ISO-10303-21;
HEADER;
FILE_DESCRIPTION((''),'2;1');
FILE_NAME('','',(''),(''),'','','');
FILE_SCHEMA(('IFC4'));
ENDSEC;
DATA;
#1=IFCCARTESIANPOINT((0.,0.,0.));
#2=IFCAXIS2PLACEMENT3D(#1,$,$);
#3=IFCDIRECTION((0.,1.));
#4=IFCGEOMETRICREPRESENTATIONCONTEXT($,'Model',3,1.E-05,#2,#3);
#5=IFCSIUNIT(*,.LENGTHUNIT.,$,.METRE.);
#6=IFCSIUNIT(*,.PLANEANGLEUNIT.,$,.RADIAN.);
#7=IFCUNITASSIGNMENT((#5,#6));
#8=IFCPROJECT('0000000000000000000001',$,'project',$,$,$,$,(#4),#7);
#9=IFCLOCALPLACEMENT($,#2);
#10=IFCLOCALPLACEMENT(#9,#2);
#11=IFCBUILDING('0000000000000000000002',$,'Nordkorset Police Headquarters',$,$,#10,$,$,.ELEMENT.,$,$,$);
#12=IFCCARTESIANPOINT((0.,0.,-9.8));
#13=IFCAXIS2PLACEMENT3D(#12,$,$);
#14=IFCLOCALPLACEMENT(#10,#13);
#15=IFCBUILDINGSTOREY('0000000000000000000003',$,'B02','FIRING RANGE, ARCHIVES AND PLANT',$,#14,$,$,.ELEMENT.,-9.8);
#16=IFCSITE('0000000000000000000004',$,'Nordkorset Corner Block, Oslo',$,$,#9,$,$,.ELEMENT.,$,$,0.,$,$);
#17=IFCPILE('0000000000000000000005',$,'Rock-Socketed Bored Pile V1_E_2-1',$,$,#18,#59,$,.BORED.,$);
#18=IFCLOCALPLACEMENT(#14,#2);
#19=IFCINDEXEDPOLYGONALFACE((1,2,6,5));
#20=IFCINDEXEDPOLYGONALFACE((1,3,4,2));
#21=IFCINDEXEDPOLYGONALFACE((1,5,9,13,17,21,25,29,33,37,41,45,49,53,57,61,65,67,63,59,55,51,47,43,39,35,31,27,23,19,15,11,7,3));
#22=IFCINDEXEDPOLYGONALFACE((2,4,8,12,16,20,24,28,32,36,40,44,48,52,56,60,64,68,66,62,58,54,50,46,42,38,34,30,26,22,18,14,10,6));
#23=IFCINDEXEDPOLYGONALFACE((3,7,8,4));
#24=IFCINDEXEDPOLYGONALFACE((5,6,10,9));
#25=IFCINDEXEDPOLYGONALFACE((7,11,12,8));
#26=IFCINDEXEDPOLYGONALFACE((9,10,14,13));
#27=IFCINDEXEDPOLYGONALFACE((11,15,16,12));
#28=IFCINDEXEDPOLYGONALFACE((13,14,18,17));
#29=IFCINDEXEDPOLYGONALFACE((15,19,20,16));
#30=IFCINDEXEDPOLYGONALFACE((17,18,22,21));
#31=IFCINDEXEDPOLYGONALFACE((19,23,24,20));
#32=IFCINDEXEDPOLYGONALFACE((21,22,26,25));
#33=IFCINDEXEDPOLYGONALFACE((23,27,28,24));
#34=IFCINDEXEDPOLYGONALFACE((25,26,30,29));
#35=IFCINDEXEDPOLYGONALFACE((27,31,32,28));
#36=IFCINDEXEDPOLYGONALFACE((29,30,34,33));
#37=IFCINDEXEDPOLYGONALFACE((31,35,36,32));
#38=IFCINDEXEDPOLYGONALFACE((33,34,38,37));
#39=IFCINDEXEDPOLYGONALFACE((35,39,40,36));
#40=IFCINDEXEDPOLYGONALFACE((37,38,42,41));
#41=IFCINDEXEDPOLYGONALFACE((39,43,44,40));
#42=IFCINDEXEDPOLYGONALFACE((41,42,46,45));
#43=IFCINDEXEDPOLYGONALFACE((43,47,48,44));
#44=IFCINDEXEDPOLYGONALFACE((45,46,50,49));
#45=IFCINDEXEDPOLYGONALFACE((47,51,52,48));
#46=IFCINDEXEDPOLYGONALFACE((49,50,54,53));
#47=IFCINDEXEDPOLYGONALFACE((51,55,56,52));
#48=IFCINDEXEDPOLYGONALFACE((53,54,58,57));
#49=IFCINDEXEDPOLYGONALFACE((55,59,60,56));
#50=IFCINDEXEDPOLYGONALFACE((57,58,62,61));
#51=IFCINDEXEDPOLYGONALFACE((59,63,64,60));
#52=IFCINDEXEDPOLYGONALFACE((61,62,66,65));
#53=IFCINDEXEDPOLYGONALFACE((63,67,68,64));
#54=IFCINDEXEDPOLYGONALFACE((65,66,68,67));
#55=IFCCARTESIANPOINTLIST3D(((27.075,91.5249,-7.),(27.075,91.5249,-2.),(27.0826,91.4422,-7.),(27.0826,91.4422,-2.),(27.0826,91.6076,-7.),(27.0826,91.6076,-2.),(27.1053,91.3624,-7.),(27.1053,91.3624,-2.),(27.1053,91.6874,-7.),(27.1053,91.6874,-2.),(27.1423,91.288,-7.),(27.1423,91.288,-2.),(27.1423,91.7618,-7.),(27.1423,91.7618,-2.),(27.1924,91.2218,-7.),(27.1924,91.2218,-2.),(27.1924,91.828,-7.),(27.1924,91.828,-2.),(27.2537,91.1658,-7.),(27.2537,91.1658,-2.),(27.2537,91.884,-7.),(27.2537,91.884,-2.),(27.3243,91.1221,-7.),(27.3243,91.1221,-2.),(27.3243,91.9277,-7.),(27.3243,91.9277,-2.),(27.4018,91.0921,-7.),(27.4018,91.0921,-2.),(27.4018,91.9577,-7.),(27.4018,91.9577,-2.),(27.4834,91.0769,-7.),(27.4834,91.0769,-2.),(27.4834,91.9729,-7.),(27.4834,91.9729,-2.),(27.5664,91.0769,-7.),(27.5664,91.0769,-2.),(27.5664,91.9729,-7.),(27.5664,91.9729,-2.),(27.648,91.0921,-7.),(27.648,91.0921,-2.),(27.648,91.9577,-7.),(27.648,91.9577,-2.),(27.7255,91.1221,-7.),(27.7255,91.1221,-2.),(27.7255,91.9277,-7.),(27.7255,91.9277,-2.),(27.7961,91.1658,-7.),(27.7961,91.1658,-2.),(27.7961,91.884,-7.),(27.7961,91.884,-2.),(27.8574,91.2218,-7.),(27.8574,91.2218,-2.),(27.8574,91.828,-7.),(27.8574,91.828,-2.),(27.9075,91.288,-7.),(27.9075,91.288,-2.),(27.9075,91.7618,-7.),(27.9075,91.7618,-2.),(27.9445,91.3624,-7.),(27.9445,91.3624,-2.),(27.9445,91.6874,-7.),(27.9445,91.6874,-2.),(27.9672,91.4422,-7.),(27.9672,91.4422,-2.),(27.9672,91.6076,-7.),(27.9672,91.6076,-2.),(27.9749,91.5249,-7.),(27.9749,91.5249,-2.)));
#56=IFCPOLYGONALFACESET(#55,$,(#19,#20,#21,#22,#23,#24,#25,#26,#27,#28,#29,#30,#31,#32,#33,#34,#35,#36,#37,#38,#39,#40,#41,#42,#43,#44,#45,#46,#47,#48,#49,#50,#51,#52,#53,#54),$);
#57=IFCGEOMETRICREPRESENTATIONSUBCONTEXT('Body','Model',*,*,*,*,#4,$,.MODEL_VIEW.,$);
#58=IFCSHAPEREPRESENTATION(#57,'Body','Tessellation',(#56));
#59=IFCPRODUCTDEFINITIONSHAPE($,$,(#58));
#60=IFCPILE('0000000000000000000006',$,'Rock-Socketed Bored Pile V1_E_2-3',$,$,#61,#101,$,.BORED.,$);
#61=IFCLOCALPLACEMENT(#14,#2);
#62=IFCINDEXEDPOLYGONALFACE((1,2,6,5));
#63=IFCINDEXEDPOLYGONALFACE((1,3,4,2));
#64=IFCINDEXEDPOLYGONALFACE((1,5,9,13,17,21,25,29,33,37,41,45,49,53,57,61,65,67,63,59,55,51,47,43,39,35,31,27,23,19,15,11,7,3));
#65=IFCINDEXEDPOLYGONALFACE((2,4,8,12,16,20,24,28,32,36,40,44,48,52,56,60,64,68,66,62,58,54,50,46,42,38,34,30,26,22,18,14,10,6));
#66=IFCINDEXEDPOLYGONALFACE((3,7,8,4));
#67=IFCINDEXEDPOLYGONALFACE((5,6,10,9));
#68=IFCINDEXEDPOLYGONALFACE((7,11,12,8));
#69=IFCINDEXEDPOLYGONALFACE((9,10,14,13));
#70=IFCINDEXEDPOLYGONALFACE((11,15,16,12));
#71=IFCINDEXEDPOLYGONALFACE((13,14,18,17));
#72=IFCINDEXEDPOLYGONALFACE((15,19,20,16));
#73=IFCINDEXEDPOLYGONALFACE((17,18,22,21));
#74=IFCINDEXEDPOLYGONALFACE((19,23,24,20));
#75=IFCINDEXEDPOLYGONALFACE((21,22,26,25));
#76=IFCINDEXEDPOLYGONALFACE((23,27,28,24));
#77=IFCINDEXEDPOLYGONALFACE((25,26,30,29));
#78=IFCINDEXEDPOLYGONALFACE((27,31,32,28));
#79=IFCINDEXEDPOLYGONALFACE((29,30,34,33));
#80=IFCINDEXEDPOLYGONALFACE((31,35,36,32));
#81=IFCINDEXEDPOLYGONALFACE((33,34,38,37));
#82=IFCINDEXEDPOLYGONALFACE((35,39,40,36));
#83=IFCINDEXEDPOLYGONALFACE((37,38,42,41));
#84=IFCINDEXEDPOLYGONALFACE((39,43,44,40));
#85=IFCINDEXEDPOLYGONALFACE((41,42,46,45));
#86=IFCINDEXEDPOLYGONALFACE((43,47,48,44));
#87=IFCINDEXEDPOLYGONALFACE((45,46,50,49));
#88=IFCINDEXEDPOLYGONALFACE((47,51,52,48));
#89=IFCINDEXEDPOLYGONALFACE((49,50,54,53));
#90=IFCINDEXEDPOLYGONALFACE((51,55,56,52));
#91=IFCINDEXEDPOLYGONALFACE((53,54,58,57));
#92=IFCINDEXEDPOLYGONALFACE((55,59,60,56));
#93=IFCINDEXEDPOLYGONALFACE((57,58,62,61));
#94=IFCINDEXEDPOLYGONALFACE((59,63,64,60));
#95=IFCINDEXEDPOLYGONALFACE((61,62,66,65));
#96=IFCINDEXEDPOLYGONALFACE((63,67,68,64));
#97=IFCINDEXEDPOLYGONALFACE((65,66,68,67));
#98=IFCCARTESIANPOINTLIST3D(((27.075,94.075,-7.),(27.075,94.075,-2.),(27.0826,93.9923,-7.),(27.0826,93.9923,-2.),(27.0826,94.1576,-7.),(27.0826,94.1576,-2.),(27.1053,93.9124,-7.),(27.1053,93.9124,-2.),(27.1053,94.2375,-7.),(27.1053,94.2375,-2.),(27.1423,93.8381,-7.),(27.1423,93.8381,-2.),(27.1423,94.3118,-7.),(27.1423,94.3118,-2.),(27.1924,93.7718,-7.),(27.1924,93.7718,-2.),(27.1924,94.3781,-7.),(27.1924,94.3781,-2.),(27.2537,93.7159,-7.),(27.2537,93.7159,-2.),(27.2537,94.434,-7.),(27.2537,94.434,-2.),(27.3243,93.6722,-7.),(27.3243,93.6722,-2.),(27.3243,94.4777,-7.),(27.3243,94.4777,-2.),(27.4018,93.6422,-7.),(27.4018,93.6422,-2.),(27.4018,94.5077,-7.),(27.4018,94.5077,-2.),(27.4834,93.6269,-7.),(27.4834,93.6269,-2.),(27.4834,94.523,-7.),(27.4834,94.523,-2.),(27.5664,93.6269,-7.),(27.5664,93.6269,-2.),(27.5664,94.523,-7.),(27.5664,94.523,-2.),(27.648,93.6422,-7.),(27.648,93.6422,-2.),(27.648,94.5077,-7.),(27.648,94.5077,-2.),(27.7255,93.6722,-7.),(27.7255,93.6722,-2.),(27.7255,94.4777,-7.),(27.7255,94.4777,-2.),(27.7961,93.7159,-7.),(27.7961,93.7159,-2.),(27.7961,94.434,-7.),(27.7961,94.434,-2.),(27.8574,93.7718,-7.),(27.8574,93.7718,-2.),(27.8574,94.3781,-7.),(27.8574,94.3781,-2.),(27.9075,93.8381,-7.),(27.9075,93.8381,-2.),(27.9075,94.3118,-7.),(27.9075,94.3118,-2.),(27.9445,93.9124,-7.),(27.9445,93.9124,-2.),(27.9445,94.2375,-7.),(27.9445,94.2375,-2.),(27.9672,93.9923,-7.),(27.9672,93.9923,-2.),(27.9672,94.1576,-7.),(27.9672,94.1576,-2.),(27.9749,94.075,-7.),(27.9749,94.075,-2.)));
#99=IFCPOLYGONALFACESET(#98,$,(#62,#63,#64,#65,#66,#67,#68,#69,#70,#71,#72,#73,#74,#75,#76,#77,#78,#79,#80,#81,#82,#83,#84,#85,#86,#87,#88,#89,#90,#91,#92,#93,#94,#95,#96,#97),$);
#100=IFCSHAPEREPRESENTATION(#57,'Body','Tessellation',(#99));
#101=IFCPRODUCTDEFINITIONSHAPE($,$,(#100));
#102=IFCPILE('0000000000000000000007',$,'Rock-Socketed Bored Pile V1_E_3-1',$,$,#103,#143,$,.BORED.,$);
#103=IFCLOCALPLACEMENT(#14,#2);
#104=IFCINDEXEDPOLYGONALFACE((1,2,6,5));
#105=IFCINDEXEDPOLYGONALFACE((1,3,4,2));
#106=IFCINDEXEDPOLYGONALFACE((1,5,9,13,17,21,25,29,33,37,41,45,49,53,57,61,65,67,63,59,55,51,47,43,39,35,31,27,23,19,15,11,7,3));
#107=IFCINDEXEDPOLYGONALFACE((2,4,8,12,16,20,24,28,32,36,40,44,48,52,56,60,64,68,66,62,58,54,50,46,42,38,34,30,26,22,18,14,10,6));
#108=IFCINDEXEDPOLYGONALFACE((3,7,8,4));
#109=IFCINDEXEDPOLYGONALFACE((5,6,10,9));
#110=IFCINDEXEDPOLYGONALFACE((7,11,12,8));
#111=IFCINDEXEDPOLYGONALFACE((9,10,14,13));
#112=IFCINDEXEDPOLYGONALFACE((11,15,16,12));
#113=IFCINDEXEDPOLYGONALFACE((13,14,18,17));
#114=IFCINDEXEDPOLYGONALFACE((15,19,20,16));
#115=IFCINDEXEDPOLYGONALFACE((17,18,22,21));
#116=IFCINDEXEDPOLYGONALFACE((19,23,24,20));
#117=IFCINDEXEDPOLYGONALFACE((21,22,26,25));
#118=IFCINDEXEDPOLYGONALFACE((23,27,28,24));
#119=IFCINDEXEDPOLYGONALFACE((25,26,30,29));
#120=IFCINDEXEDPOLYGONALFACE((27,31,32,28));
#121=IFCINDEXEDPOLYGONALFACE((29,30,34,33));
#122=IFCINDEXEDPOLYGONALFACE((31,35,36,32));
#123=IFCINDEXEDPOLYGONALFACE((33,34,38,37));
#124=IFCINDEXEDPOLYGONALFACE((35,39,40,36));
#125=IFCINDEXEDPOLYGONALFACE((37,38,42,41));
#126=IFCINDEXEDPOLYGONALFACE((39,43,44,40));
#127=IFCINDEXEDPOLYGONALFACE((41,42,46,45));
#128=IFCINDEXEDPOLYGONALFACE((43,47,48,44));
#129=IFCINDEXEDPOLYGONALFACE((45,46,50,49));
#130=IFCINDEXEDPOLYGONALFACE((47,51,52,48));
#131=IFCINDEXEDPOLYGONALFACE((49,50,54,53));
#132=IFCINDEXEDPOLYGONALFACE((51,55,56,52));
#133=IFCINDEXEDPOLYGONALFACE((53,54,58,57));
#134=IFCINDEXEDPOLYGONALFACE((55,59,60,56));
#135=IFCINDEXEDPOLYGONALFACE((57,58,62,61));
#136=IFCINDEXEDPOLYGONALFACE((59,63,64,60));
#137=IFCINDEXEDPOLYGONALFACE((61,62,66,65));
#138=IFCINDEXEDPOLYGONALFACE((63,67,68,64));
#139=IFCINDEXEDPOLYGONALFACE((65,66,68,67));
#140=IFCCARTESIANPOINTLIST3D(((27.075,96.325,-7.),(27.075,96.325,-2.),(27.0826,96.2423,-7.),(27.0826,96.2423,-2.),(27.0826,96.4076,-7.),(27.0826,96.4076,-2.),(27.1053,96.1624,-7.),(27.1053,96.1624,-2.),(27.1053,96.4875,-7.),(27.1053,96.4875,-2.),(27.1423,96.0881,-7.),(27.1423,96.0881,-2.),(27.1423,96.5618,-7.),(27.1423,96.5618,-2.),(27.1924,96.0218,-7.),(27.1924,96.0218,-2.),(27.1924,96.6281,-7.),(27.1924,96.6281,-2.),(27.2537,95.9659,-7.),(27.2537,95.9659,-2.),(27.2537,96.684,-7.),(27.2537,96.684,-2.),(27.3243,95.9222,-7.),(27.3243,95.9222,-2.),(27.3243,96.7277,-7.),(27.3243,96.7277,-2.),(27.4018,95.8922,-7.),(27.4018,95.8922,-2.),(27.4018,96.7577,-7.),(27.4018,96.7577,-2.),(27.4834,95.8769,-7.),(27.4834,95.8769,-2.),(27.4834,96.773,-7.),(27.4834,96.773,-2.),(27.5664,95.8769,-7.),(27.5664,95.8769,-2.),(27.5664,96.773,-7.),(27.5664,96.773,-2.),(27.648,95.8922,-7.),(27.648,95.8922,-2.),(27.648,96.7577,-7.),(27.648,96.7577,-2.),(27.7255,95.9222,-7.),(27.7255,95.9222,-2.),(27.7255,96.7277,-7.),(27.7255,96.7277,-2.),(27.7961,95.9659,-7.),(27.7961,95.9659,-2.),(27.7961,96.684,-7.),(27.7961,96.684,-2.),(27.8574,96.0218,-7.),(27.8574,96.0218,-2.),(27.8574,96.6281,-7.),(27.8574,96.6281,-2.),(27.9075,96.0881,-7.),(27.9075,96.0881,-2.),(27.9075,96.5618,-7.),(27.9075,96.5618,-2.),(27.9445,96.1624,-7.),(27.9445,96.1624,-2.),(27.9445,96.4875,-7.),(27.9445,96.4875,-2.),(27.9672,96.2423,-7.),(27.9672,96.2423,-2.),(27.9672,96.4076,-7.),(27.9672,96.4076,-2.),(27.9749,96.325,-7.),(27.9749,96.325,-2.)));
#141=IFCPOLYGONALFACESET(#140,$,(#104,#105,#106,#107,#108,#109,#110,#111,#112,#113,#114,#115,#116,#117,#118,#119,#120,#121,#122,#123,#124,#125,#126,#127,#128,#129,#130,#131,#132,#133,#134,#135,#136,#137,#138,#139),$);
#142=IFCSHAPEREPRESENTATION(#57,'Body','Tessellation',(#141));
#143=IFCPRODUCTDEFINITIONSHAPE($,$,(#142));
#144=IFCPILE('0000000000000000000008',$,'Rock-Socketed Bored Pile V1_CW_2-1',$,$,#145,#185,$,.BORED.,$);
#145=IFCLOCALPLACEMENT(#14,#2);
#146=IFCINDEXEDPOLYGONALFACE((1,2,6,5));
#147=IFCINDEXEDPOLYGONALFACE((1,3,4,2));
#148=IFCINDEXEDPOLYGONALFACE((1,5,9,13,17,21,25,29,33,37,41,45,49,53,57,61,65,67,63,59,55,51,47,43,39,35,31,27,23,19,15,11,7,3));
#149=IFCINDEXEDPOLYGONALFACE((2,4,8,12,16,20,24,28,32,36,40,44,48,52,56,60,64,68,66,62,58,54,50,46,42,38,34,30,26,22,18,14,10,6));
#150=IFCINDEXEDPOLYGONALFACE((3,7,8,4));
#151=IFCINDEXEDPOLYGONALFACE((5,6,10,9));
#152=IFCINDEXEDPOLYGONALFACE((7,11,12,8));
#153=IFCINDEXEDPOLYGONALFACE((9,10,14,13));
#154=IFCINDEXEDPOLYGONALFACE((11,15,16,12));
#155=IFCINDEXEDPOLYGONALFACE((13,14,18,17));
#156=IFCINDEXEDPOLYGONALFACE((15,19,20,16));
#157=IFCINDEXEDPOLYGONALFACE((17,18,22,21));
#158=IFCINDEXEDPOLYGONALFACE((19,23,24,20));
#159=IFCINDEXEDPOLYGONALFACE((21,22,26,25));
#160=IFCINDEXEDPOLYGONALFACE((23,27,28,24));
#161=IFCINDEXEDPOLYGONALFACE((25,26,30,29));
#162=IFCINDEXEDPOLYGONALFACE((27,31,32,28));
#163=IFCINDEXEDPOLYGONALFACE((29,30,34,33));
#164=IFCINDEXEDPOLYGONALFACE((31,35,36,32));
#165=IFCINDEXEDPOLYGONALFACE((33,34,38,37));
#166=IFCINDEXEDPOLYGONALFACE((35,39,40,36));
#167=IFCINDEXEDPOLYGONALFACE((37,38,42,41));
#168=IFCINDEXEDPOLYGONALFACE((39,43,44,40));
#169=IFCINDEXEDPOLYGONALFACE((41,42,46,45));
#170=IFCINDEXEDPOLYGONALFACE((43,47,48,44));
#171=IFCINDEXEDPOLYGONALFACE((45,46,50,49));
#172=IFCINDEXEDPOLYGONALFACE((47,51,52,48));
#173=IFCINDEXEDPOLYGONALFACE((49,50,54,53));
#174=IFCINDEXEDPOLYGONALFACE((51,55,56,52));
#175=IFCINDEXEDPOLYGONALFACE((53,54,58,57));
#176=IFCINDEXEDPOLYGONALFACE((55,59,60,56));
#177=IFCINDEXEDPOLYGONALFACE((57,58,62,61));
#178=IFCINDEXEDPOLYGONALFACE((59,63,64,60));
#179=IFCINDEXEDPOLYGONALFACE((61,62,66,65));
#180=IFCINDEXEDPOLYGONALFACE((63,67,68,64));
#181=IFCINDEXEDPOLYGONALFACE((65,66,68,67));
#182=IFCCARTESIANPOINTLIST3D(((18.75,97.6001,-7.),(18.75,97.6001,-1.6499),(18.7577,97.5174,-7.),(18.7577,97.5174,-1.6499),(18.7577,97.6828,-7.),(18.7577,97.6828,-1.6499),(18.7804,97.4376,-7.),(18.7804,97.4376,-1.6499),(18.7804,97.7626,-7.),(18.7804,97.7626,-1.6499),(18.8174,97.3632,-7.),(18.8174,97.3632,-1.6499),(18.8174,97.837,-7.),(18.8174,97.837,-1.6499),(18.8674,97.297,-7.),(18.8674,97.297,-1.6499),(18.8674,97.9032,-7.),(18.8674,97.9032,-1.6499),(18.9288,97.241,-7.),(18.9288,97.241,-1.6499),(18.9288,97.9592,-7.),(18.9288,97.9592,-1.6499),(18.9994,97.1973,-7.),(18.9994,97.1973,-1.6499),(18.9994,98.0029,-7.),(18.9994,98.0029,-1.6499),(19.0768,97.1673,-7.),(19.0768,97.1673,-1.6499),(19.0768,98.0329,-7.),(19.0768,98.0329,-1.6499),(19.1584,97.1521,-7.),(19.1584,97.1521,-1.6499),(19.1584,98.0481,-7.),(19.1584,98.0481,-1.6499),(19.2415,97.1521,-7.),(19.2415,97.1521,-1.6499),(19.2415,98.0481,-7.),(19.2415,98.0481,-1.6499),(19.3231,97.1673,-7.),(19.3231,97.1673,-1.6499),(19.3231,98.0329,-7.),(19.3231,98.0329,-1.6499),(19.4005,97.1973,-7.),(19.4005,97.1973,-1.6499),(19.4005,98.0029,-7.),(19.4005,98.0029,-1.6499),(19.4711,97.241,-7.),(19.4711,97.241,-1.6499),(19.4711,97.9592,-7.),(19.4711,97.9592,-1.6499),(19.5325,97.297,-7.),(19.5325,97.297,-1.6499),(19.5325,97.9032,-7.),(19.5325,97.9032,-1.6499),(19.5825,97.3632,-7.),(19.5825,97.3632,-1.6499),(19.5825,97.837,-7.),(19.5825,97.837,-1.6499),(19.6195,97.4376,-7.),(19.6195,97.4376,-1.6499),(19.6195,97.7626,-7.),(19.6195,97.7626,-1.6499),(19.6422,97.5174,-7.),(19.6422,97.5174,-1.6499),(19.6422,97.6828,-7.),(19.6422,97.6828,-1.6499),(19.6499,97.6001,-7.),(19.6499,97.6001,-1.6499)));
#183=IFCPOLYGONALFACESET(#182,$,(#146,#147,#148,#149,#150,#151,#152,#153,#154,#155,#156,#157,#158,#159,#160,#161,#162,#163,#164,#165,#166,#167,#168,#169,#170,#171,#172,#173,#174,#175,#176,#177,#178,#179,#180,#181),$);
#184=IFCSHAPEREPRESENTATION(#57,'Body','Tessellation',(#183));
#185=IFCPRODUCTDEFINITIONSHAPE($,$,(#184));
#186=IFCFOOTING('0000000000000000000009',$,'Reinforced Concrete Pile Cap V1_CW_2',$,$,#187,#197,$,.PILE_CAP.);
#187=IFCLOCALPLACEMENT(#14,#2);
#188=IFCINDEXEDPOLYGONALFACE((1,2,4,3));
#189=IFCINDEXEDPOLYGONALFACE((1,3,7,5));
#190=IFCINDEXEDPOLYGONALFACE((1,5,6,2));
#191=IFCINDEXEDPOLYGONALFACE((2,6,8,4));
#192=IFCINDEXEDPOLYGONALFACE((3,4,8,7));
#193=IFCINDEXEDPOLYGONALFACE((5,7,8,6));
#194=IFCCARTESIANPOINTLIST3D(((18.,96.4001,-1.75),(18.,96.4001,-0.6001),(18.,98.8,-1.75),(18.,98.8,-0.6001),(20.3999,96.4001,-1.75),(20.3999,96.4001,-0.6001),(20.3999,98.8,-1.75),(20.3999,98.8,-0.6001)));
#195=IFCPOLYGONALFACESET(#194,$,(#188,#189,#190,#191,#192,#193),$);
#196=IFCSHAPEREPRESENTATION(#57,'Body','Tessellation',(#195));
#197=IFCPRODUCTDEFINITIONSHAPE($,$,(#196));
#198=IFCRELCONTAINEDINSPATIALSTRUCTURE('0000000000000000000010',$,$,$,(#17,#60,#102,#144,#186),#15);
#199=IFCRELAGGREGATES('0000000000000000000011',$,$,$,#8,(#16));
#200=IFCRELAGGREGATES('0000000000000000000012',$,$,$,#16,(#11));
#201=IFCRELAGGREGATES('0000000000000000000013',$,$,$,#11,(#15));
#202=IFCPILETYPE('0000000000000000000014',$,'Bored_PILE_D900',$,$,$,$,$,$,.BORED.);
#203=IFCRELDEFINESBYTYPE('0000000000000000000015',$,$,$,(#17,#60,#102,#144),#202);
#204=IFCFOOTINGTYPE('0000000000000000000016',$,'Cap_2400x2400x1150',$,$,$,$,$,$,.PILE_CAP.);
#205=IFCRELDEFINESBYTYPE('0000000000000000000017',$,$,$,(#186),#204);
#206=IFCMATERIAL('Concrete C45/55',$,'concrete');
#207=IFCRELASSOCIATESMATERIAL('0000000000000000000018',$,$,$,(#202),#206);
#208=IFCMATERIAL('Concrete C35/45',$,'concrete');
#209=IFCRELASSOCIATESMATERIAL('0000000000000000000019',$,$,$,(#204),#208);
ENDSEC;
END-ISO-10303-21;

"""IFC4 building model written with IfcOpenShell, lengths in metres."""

from ifc_helpers import new_model, si_unit, direction, frame, origin, origin_2d, place, context, subcontext, project, spatial, rectangle, circle, extrude, material, material_profile, profile_set, type_object, element, save


model = new_model("IFC4")

# Units and contexts
model_context = context("Model", 3, precision=1e-05, world=origin(), true_north=direction((0.0, 1.0)))
body_context = subcontext(model_context, "Body", "Model", "MODEL_VIEW")
ifc_project = project(units=[si_unit("LENGTHUNIT", "METRE"), si_unit("PLANEANGLEUNIT", "RADIAN")], contexts=[model_context])

# Site, building, storey
site_placement = place(None, origin())
site = spatial("IfcSite", under=ifc_project, at=site_placement, Name="Nordkorset Corner Block, Oslo", CompositionType="ELEMENT", RefElevation=0.0)
building_placement = place(site_placement, origin())
building = spatial("IfcBuilding", under=site, at=building_placement, Name="Nordkorset Police Headquarters", CompositionType="ELEMENT")
storey_placement = place(building_placement, frame((0.0, 0.0, -9.8)))
storey = spatial("IfcBuildingStorey", under=building, at=storey_placement, Name="B02", Description="FIRING RANGE, ARCHIVES AND PLANT", CompositionType="ELEMENT", Elevation=-9.8)

# Piles
ifc_material_1 = material(Name="Concrete C45/55", Category="concrete")
ifc_material_profile_1 = material_profile(ifc_material_1, circle(Radius=0.45, at=origin_2d()), Name="PILE D900")
ifc_profile_set_1 = profile_set([ifc_material_profile_1], Name="Concrete C45/55")
pile_type = type_object("IfcPileType", Name="Bored_PILE_D900", PredefinedType="BORED", material=ifc_profile_set_1)
for number, where, z_axis, x_axis, name in (
    (1, (27.5249, 91.5249, -2.0), (0.0, 0.0, -1.0), (1.0, 0.0, 0.0), "Rock-Socketed Bored Pile V1_E_2-1"),
    (2, (27.5249, 94.075, -2.0), (0.0, 0.0, -1.0), (1.0, 0.0, 0.0), "Rock-Socketed Bored Pile V1_E_2-3"),
    (3, (27.5249, 96.325, -2.0), (0.0, 0.0, -1.0), (1.0, 0.0, 0.0), "Rock-Socketed Bored Pile V1_E_3-1"),
):
    element("IfcPile", number, at=place(storey_placement, frame(where, z_axis=z_axis, x_axis=x_axis)), inside=storey, type_object=pile_type, Name=name, PredefinedType="BORED", context=body_context, shape_type="SweptSolid", body=[
        extrude(circle(Radius=0.45, at=origin_2d()), origin(), (0.0, 0.0, 1.0), 5.0),
    ])
pile_placement = place(storey_placement, frame((19.2, 97.6001, -1.6499), z_axis=(0.0, 0.0, -1.0), x_axis=(1.0, 0.0, 0.0)))
element("IfcPile", 4, at=pile_placement, inside=storey, type_object=pile_type, Name="Rock-Socketed Bored Pile V1_CW_2-1", PredefinedType="BORED", context=body_context, shape_type="SweptSolid", body=[
    extrude(circle(Radius=0.45, at=origin_2d()), origin(), (0.0, 0.0, 1.0), 5.3501),
])

# Footing
ifc_material_2 = material(Name="Concrete C35/45", Category="concrete")
footing_type = type_object("IfcFootingType", Name="Cap_2400x2400x1150", PredefinedType="PILE_CAP", material=ifc_material_2)
footing_placement = place(storey_placement, frame((19.2, 97.6001, -1.75), z_axis=(0.0, 0.0, 1.0), x_axis=(1.0, 0.0, 0.0)))
element("IfcFooting", 5, at=footing_placement, inside=storey, type_object=footing_type, Name="Reinforced Concrete Pile Cap V1_CW_2", PredefinedType="PILE_CAP", context=body_context, shape_type="SweptSolid", body=[
    extrude(rectangle(XDim=2.3999, YDim=2.3999, at=origin_2d()), origin(), (0.0, 0.0, 1.0), 1.1499),
])

save(model, "model.ifc")
